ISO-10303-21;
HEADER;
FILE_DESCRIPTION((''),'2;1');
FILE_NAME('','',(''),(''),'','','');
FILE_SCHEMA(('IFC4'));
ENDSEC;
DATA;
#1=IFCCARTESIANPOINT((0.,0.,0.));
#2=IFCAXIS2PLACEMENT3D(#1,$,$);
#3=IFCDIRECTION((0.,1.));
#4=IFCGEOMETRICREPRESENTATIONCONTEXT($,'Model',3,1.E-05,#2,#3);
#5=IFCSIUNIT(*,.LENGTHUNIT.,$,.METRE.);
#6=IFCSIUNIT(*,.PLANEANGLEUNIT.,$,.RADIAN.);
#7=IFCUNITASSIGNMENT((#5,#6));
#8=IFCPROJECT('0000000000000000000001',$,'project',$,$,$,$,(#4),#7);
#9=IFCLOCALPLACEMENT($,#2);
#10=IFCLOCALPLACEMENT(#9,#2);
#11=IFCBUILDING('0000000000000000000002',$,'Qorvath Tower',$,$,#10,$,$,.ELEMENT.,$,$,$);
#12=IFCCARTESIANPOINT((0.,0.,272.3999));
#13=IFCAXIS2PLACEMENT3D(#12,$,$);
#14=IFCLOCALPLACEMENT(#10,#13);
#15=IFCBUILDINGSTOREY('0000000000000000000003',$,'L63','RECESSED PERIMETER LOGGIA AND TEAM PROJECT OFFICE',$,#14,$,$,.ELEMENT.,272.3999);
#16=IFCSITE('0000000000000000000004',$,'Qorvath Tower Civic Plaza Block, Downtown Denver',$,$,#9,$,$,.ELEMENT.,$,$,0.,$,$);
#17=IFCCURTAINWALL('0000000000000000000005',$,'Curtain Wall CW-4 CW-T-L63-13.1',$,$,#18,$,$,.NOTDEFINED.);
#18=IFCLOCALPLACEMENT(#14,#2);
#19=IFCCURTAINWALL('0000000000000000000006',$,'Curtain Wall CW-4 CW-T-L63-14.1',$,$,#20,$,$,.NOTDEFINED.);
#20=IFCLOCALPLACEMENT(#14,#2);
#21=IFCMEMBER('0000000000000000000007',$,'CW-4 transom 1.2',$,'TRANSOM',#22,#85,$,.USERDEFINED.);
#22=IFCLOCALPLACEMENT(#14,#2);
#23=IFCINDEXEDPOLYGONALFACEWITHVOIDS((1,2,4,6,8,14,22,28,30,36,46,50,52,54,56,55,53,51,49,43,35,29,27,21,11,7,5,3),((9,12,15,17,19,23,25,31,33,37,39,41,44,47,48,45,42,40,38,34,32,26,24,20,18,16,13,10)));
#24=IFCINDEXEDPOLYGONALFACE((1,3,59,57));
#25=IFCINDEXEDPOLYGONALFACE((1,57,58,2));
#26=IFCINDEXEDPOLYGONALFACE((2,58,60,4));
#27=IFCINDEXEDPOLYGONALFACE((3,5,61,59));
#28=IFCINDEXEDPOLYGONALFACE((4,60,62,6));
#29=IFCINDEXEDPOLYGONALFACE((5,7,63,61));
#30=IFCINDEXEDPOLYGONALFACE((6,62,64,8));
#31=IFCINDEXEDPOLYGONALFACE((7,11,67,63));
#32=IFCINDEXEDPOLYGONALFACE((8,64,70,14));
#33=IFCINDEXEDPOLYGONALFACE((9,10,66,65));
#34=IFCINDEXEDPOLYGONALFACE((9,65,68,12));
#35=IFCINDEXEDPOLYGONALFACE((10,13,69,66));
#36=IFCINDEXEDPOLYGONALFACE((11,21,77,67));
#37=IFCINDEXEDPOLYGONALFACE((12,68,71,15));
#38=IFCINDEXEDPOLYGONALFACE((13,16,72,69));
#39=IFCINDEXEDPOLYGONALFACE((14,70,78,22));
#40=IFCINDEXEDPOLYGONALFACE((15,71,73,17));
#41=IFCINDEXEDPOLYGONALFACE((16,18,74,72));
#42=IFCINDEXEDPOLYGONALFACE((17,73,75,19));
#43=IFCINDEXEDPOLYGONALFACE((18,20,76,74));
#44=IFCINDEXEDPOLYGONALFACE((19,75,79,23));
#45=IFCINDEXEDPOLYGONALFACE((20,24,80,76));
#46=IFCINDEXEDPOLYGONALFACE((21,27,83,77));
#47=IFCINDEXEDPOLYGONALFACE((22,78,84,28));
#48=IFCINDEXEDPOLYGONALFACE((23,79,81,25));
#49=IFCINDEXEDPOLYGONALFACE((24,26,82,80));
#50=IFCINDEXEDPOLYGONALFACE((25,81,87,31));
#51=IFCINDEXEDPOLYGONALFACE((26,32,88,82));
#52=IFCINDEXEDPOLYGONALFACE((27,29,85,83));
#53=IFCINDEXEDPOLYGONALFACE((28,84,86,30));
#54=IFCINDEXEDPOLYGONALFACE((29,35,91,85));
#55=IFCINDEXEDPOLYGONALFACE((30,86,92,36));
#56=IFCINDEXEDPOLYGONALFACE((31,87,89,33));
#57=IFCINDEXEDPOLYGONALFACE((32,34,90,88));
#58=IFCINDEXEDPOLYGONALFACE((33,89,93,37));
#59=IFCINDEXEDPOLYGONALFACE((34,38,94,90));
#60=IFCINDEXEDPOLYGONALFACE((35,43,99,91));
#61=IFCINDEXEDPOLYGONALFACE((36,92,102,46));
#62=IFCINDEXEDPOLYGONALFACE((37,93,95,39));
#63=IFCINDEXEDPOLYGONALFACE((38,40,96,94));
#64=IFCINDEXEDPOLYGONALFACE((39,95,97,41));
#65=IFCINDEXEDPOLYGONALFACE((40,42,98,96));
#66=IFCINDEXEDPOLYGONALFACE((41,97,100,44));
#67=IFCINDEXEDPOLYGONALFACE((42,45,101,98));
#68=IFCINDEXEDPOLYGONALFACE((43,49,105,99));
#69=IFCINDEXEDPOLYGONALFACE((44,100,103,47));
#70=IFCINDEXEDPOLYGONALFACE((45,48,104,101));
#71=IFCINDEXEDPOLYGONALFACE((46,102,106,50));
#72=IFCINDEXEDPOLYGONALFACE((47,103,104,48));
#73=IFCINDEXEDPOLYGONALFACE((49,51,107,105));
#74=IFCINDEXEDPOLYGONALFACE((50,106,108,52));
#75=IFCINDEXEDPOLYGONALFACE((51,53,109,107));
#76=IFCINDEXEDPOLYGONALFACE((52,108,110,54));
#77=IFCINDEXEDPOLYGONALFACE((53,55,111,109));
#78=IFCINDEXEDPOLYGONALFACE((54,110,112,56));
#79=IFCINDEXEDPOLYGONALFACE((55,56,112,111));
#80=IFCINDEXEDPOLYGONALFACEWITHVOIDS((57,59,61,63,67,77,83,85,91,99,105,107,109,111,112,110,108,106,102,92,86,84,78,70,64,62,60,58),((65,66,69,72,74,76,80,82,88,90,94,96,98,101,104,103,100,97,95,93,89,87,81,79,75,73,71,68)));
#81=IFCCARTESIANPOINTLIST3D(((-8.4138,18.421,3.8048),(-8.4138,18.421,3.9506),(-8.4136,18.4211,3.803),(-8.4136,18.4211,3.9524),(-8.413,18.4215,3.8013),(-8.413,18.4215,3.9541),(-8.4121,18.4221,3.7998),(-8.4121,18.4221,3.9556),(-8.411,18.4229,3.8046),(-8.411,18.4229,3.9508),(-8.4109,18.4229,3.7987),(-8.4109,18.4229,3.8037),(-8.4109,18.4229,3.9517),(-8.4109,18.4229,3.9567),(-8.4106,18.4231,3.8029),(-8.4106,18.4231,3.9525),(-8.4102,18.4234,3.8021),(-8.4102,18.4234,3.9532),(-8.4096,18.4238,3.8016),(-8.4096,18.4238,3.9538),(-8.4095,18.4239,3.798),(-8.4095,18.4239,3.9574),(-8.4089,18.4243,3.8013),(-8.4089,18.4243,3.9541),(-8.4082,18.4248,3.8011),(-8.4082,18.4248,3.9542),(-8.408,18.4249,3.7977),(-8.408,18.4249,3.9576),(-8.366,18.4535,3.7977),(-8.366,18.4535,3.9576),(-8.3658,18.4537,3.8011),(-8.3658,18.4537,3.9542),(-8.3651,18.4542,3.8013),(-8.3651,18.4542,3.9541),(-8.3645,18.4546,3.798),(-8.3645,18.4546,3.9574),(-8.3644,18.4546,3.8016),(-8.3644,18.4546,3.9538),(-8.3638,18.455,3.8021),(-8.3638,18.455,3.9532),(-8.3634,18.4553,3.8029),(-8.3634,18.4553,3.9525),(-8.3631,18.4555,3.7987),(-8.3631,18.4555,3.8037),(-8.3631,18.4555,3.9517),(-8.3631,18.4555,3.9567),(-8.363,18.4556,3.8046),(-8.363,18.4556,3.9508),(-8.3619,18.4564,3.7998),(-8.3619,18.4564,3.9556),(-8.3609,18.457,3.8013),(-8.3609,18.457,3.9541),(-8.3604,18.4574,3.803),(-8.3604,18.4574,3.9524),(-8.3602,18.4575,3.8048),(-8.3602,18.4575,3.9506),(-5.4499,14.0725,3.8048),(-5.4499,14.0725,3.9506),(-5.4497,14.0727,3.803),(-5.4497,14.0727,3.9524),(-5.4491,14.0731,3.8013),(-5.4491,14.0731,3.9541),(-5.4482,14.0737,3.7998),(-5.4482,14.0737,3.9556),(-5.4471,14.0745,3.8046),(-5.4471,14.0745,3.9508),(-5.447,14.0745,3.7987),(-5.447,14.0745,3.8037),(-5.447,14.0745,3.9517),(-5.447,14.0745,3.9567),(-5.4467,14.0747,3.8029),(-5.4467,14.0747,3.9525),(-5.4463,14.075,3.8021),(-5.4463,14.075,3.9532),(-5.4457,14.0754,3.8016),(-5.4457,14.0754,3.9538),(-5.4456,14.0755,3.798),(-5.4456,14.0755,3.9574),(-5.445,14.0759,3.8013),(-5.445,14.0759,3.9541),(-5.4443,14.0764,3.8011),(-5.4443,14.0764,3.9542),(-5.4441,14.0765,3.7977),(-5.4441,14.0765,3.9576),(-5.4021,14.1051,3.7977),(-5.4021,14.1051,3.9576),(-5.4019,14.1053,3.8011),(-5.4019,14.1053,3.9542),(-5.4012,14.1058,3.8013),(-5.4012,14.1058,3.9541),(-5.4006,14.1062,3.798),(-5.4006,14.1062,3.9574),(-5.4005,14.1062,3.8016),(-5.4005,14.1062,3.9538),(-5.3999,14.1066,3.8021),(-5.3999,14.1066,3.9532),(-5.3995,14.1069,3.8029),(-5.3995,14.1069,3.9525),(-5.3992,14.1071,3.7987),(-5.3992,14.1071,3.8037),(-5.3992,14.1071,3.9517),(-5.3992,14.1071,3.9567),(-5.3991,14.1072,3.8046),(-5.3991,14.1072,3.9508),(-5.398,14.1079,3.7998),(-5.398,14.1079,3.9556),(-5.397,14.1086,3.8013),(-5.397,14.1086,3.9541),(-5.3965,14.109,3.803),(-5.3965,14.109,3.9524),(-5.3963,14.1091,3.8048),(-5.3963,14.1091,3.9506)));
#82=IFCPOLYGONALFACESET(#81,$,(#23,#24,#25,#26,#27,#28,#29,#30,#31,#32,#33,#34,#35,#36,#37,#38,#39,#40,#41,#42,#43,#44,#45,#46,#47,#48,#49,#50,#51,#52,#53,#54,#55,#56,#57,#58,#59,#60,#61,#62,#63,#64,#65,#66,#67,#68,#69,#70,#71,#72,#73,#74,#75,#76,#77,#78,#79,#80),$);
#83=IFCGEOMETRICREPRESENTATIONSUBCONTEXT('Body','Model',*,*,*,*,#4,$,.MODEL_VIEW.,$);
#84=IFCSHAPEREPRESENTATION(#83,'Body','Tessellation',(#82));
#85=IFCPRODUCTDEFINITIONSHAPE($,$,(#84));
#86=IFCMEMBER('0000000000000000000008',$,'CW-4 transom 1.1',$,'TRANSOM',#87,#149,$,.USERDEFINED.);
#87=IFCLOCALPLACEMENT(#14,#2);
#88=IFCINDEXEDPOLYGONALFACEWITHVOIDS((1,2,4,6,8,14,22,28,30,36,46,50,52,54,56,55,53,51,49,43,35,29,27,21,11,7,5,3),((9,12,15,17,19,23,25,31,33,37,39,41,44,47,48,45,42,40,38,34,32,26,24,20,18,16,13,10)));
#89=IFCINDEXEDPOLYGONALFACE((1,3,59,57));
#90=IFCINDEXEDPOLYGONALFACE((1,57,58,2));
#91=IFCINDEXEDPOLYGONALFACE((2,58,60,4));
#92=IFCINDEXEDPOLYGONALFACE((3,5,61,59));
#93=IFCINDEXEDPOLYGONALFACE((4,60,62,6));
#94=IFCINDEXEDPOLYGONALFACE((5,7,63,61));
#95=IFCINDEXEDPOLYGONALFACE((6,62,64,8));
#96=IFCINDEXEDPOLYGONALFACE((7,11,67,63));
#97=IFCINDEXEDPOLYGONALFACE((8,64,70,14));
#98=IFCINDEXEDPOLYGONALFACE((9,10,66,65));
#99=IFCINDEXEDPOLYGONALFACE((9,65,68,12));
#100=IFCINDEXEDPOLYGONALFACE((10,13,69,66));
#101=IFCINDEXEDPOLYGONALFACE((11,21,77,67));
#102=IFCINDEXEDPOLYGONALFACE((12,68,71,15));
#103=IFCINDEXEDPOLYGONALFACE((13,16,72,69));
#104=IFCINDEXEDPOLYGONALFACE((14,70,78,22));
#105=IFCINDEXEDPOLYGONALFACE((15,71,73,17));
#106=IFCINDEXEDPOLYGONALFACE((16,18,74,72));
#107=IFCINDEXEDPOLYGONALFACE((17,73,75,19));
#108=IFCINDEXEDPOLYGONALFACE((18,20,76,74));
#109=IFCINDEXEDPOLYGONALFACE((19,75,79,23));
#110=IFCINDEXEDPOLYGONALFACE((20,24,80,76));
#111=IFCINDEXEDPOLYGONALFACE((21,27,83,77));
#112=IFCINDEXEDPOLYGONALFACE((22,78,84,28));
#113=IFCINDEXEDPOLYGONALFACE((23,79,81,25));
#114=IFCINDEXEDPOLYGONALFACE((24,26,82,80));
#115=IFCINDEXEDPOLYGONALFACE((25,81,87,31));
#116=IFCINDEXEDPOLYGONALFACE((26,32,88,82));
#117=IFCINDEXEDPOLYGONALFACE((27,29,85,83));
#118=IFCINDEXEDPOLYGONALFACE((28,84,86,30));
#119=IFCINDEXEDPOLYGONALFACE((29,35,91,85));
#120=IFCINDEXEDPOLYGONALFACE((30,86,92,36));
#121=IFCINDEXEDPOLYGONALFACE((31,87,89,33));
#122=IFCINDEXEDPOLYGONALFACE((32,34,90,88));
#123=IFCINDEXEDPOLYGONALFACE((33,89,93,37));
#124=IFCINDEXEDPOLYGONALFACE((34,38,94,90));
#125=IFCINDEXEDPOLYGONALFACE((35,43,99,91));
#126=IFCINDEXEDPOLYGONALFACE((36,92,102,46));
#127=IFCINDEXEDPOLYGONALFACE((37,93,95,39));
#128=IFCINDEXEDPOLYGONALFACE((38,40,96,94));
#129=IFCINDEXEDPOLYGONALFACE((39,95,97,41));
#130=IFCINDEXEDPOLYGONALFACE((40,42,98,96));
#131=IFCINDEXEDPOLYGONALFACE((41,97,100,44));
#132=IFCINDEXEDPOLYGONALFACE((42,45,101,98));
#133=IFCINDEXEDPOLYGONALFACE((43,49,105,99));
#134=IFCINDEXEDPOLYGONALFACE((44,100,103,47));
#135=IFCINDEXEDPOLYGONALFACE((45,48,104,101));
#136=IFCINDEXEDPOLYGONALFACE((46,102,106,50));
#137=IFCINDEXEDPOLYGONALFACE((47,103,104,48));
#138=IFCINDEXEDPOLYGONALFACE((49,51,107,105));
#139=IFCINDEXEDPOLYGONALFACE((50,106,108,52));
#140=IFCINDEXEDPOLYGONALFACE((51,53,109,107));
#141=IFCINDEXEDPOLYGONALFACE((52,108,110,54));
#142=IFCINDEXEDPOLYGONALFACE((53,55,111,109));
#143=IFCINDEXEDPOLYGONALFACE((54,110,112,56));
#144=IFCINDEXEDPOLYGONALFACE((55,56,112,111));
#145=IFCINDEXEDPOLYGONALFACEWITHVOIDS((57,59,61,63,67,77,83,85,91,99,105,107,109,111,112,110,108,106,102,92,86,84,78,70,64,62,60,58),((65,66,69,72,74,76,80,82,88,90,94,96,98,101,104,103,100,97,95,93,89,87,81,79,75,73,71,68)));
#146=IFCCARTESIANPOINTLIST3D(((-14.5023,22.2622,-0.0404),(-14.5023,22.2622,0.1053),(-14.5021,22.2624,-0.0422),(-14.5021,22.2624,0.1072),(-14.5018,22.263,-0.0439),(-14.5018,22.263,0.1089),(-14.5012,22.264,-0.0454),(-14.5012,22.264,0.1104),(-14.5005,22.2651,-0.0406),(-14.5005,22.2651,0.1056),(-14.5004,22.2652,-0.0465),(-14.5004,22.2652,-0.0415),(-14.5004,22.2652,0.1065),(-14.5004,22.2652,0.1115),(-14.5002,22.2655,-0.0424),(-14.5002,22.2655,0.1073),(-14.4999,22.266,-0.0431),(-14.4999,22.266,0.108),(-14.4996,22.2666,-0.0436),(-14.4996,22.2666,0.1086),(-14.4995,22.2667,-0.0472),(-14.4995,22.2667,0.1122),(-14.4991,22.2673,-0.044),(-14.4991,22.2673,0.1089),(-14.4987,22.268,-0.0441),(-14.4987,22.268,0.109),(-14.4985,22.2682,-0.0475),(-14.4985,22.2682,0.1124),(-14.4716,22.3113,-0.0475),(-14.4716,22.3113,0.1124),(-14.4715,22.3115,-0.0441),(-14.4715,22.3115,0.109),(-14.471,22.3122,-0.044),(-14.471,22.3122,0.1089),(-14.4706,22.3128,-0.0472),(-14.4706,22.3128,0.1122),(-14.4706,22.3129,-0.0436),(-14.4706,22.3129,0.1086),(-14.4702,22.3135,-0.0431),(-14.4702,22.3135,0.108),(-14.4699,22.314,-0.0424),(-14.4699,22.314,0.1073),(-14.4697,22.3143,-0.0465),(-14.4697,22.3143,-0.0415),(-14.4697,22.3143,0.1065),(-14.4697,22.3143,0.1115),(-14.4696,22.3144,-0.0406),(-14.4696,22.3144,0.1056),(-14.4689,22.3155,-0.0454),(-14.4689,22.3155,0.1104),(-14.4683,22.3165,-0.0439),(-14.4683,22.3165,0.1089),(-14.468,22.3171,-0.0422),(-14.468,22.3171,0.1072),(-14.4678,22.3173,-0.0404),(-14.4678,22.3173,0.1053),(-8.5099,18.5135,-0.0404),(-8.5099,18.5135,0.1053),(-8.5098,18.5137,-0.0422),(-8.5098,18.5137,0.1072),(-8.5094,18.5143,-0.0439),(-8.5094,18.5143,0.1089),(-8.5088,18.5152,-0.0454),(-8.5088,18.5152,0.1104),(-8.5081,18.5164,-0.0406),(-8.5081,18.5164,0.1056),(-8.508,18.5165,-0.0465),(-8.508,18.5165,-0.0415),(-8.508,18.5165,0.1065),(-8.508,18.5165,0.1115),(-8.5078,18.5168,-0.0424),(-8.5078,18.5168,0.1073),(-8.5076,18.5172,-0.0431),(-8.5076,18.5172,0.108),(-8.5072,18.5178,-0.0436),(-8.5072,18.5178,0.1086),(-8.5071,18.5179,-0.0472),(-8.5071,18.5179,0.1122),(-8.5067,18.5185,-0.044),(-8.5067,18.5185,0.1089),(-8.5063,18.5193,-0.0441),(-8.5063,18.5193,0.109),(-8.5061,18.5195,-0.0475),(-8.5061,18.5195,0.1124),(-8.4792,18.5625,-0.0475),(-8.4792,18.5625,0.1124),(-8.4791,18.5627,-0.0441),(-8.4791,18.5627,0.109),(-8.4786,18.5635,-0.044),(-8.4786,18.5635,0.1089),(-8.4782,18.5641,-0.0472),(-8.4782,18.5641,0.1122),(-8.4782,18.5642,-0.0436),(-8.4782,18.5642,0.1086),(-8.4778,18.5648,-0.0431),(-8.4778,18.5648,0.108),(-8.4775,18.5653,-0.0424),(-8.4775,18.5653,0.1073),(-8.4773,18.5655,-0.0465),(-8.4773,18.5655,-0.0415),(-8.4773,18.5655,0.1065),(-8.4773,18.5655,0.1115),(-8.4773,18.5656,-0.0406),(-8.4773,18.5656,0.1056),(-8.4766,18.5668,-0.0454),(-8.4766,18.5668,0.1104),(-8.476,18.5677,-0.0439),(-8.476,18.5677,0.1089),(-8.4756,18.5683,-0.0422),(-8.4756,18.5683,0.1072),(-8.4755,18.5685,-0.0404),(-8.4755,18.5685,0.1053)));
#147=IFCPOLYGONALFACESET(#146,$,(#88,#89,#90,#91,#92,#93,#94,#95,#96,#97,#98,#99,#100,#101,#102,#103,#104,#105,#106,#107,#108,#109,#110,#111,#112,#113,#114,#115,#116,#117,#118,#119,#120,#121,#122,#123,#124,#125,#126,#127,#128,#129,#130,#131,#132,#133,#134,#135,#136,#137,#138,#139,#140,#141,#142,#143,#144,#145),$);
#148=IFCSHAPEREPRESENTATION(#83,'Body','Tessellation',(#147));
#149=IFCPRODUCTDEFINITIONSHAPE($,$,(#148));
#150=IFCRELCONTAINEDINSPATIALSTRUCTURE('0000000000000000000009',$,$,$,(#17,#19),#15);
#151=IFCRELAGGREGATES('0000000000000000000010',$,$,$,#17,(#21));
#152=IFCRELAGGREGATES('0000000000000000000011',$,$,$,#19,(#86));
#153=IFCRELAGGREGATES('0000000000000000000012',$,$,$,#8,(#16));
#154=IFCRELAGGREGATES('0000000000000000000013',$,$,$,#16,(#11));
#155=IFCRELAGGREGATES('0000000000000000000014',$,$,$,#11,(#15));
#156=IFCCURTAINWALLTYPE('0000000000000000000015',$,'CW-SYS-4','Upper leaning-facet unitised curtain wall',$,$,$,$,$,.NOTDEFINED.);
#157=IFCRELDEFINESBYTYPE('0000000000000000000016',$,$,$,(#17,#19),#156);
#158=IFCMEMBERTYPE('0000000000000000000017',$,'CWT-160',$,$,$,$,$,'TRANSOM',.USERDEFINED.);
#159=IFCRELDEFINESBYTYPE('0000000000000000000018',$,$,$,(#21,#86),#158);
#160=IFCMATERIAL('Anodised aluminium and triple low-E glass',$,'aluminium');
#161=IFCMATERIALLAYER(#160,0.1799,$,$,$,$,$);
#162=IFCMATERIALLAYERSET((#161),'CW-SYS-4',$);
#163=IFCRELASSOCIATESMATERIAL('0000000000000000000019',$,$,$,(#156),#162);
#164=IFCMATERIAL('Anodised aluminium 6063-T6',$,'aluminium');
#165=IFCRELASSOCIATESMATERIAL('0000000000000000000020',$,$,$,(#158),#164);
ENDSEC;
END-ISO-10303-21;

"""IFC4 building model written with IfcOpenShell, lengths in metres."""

from ifc_helpers import new_model, si_unit, direction, frame, origin, origin_2d, place, context, subcontext, project, spatial, hollow_rectangle, extrude, material, layer, layer_set, material_profile, profile_set, type_object, element, aggregate, save


model = new_model("IFC4")

# Units and contexts
model_context = context("Model", 3, precision=1e-05, world=origin(), true_north=direction((0.0, 1.0)))
body_context = subcontext(model_context, "Body", "Model", "MODEL_VIEW")
ifc_project = project(units=[si_unit("LENGTHUNIT", "METRE"), si_unit("PLANEANGLEUNIT", "RADIAN")], contexts=[model_context])

# Site, building, storey
site_placement = place(None, origin())
site = spatial("IfcSite", under=ifc_project, at=site_placement, Name="Qorvath Tower Civic Plaza Block, Downtown Denver", CompositionType="ELEMENT", RefElevation=0.0)
building_placement = place(site_placement, origin())
building = spatial("IfcBuilding", under=site, at=building_placement, Name="Qorvath Tower", CompositionType="ELEMENT")
storey_placement = place(building_placement, frame((0.0, 0.0, 272.3999)))
storey = spatial("IfcBuildingStorey", under=building, at=storey_placement, Name="L63", Description="RECESSED PERIMETER LOGGIA AND TEAM PROJECT OFFICE", CompositionType="ELEMENT", Elevation=272.3999)

# Shared definitions
ifc_material_1 = material(Name="Anodised aluminium and triple low-E glass", Category="aluminium")
ifc_layer_1 = layer(ifc_material_1, 0.1799)
ifc_layer_set_1 = layer_set([ifc_layer_1], Name="CW-SYS-4")
curtain_wall_type = type_object("IfcCurtainWallType", Name="CW-SYS-4", Description="Upper leaning-facet unitised curtain wall", PredefinedType="NOTDEFINED", material=ifc_layer_set_1)

# Curtain walls
curtain_wall_1_placement = place(storey_placement, origin())
curtain_wall_1 = element("IfcCurtainWall", 1, at=curtain_wall_1_placement, inside=storey, type_object=curtain_wall_type, Name="Curtain Wall CW-4 CW-T-L63-13.1", PredefinedType="NOTDEFINED")
curtain_wall_2_placement = place(storey_placement, origin())
curtain_wall_2 = element("IfcCurtainWall", 2, at=curtain_wall_2_placement, inside=storey, type_object=curtain_wall_type, Name="Curtain Wall CW-4 CW-T-L63-14.1", PredefinedType="NOTDEFINED")

# Members
ifc_material_2 = material(Name="Anodised aluminium 6063-T6", Category="aluminium")
ifc_material_profile_1 = material_profile(ifc_material_2, hollow_rectangle(XDim=0.0649, YDim=0.1599, WallThickness=0.0034, InnerFilletRadius=0.0034, OuterFilletRadius=0.0071, at=origin_2d()), Name="CWT 160x65")
ifc_profile_set_1 = profile_set([ifc_material_profile_1], Name="Anodised aluminium 6063-T6")
member_type_1 = type_object("IfcMemberType", Name="CWT-160", ElementType="TRANSOM", PredefinedType="USERDEFINED", material=ifc_profile_set_1)
member_1_placement = place(storey_placement, frame((-5.4231, 14.0908, 3.8777), z_axis=(-0.563214, 0.826311, 0.0), x_axis=(-0.826311, -0.563214, 0.0)))
member_1 = element("IfcMember", 3, at=member_1_placement, type_object=member_type_1, Name="CW-4 transom 1.2", ObjectType="TRANSOM", PredefinedType="USERDEFINED", context=body_context, shape_type="SweptSolid", body=[
    extrude(hollow_rectangle(XDim=0.0649, YDim=0.1599, WallThickness=0.0034, InnerFilletRadius=0.0034, OuterFilletRadius=0.0071, at=origin_2d()), origin(), (0.0, 0.0, 1.0), 5.2625),
])
member_2_placement = place(storey_placement, frame((-8.4927, 18.541, 0.0325), z_axis=(-0.847775, 0.530356, 0.0), x_axis=(-0.530356, -0.847775, 0.0)))
member_2 = element("IfcMember", 4, at=member_2_placement, type_object=member_type_1, Name="CW-4 transom 1.1", ObjectType="TRANSOM", PredefinedType="USERDEFINED", context=body_context, shape_type="SweptSolid", body=[
    extrude(hollow_rectangle(XDim=0.0649, YDim=0.1599, WallThickness=0.0034, InnerFilletRadius=0.0034, OuterFilletRadius=0.0071, at=origin_2d()), origin(), (0.0, 0.0, 1.0), 7.0684),
])

aggregate(curtain_wall_1, [member_1])
aggregate(curtain_wall_2, [member_2])

save(model, "model.ifc")
